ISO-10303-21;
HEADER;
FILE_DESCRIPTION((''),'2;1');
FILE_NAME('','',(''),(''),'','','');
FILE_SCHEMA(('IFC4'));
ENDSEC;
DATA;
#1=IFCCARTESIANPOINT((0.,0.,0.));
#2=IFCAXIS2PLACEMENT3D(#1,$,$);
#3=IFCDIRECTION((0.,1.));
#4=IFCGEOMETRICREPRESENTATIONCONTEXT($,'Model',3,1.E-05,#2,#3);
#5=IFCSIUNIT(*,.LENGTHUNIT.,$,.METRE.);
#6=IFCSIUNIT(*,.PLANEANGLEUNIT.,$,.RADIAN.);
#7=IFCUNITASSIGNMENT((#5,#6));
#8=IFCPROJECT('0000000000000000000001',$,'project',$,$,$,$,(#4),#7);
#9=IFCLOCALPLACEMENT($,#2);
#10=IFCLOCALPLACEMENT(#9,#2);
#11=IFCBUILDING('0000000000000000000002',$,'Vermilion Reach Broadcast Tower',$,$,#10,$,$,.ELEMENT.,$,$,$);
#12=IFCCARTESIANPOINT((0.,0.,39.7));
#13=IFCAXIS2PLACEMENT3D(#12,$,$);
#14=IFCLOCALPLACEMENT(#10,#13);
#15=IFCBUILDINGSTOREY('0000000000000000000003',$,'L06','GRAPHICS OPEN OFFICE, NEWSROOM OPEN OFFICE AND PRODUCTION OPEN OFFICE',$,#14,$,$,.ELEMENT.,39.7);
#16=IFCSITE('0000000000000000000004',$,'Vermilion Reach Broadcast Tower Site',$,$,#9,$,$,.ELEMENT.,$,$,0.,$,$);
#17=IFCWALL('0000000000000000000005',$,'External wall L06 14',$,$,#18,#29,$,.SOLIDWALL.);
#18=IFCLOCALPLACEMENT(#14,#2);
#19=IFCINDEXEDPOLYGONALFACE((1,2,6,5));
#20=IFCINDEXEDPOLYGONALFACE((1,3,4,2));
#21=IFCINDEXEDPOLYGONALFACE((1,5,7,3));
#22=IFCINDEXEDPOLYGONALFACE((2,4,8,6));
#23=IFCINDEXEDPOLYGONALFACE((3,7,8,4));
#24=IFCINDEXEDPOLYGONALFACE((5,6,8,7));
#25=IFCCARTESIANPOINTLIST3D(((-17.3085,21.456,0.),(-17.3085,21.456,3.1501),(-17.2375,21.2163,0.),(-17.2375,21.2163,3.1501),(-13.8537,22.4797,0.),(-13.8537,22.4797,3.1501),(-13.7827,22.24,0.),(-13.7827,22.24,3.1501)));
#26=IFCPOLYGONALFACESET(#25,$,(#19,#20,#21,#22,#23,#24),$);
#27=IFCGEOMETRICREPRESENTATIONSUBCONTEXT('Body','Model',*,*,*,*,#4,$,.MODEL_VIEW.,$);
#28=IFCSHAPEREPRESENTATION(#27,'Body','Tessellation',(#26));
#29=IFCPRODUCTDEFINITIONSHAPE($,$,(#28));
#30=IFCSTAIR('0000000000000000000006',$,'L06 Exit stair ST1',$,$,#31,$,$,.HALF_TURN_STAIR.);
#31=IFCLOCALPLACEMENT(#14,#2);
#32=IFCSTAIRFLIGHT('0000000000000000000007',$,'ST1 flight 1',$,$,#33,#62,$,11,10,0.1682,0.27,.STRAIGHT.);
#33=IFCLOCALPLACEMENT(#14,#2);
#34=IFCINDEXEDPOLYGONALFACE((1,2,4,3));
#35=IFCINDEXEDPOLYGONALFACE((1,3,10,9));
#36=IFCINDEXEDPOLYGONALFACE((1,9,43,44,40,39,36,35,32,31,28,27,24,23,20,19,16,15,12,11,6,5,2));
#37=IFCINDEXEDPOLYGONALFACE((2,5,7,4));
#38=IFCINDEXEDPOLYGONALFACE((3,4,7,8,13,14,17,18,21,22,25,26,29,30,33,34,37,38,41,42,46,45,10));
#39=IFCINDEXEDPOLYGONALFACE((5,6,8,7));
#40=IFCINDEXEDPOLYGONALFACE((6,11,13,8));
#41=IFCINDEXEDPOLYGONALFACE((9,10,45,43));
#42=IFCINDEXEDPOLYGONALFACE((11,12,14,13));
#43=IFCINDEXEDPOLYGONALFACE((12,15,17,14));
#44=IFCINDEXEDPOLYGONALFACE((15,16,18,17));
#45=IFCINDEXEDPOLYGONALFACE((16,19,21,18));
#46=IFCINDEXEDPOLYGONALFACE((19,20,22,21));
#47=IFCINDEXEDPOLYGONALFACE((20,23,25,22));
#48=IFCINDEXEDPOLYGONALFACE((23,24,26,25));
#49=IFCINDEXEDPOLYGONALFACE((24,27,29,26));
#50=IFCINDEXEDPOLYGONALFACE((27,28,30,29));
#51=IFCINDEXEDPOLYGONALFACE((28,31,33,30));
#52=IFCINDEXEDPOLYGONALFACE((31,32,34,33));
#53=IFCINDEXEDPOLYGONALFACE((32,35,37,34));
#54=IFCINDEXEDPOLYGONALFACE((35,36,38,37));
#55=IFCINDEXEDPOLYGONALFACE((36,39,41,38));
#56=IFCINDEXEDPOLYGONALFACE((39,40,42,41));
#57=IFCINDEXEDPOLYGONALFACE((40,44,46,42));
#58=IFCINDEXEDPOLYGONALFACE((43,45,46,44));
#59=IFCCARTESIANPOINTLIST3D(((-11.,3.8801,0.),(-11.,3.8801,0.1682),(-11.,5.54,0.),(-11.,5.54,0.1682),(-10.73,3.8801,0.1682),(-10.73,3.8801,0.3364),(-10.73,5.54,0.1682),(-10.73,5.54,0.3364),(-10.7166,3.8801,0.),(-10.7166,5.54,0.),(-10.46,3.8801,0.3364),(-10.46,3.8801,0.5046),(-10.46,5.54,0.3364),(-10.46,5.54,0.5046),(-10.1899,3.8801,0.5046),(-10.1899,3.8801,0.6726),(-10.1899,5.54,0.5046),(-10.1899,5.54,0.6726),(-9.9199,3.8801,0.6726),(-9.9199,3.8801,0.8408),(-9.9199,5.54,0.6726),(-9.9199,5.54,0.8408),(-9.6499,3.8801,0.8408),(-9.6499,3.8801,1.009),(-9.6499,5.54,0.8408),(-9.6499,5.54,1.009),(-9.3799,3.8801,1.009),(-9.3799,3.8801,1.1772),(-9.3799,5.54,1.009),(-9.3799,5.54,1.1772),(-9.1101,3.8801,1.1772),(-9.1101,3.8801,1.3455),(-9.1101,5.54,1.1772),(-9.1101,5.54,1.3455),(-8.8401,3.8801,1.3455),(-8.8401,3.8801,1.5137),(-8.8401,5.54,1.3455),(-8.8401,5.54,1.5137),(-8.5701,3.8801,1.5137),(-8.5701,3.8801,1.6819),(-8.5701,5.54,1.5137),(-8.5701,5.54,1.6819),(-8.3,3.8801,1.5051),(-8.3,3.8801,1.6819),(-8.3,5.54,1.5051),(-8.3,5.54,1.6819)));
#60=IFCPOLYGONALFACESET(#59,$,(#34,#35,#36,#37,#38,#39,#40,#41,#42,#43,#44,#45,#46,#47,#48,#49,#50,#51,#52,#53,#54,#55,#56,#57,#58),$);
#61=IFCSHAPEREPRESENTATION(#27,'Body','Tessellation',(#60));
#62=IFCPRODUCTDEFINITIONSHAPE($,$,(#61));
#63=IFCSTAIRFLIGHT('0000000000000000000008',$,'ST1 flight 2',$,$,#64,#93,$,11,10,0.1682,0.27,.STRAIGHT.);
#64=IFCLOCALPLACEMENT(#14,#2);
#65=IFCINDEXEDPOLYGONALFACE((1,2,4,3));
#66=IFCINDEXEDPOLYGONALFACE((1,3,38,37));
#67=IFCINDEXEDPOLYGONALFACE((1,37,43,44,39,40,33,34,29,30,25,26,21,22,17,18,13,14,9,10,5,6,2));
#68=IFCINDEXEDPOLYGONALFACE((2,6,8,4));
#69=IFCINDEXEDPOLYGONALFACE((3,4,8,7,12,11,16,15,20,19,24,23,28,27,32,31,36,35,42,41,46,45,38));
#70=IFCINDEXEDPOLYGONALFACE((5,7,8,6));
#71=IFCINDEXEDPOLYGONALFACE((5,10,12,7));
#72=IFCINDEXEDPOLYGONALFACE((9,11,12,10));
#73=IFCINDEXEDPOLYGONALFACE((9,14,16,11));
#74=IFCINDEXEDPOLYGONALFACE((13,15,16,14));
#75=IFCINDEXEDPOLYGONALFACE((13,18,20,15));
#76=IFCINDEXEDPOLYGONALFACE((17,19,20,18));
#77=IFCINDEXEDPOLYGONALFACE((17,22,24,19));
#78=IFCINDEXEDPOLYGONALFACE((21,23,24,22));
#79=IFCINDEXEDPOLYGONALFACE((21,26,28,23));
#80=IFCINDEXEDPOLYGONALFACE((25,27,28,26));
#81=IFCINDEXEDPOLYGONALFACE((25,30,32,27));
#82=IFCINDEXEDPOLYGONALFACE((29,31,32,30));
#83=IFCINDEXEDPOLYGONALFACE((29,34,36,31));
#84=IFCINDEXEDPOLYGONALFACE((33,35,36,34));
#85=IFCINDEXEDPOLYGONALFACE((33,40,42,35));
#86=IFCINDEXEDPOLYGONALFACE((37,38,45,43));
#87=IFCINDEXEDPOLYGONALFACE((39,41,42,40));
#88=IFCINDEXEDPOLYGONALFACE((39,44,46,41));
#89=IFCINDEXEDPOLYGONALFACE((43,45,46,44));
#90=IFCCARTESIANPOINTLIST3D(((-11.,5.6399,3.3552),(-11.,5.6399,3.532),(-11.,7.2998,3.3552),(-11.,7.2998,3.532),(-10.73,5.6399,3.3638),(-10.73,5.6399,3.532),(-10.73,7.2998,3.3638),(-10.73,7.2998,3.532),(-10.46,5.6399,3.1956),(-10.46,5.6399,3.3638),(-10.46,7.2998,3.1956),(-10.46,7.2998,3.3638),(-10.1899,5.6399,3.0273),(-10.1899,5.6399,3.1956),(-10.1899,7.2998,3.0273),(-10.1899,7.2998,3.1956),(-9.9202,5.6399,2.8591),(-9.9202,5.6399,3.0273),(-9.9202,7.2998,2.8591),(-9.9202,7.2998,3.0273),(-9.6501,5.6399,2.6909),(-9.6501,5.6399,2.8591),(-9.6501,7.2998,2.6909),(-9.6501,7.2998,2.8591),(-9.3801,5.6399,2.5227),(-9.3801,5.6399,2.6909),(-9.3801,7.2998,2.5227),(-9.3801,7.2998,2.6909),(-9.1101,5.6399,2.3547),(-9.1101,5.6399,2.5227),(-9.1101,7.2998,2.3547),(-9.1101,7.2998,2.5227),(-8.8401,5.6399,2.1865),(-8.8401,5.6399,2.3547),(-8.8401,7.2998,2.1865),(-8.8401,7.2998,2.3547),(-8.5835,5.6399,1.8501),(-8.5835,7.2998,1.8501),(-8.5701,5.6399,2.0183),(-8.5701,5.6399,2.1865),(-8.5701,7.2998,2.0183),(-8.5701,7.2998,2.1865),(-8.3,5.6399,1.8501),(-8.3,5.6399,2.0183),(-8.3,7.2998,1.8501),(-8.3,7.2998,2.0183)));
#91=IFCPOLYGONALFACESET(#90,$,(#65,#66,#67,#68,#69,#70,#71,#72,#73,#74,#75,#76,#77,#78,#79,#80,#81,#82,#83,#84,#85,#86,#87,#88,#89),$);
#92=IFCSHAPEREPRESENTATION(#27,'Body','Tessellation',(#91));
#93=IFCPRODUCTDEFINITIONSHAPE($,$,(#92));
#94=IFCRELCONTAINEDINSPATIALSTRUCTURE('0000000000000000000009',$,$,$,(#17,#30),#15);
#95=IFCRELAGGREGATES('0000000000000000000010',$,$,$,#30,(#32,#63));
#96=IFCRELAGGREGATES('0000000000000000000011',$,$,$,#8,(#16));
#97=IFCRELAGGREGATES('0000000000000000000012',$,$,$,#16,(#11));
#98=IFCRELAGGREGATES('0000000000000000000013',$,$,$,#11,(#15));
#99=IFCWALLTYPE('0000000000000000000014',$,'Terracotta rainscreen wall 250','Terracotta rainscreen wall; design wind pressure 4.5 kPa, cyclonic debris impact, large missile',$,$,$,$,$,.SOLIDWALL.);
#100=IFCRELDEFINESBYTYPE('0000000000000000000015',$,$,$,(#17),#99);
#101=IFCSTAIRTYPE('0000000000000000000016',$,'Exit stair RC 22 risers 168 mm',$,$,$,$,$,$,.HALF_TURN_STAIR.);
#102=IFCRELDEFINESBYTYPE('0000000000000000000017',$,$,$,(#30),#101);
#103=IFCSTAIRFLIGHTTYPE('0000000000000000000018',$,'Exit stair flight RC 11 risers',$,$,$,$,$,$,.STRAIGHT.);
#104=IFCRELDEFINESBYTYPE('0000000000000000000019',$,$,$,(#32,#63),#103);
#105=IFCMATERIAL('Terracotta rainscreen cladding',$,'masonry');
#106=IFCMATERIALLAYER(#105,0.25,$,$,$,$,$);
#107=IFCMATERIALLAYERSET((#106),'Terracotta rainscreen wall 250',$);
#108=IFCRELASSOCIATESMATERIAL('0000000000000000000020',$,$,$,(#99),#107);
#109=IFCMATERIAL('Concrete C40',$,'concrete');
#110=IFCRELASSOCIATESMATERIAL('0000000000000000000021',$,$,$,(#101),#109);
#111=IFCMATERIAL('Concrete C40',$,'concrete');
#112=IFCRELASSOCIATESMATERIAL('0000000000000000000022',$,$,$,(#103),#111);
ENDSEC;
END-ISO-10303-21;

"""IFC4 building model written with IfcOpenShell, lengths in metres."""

from ifc_helpers import new_model, si_unit, direction, frame, frame_2d, origin, place, context, subcontext, project, spatial, polyline, rectangle, outline, extrude, material, layer, layer_set, type_object, element, aggregate, save


model = new_model("IFC4")

# Units and contexts
model_context = context("Model", 3, precision=1e-05, world=origin(), true_north=direction((0.0, 1.0)))
body_context = subcontext(model_context, "Body", "Model", "MODEL_VIEW")
ifc_project = project(units=[si_unit("LENGTHUNIT", "METRE"), si_unit("PLANEANGLEUNIT", "RADIAN")], contexts=[model_context])

# Site, building, storey
site_placement = place(None, origin())
site = spatial("IfcSite", under=ifc_project, at=site_placement, Name="Vermilion Reach Broadcast Tower Site", CompositionType="ELEMENT", RefElevation=0.0)
building_placement = place(site_placement, origin())
building = spatial("IfcBuilding", under=site, at=building_placement, Name="Vermilion Reach Broadcast Tower", CompositionType="ELEMENT")
storey_placement = place(building_placement, frame((0.0, 0.0, 39.7)))
storey = spatial("IfcBuildingStorey", under=building, at=storey_placement, Name="L06", Description="GRAPHICS OPEN OFFICE, NEWSROOM OPEN OFFICE AND PRODUCTION OPEN OFFICE", CompositionType="ELEMENT", Elevation=39.7)

# Shared definitions
placement = place(storey_placement, origin())

# Wall
ifc_material_1 = material(Name="Terracotta rainscreen cladding", Category="masonry")
ifc_layer_1 = layer(ifc_material_1, 0.25)
ifc_layer_set_1 = layer_set([ifc_layer_1], Name="Terracotta rainscreen wall 250")
wall_type_1 = type_object("IfcWallType", Name="Terracotta rainscreen wall 250", Description="Terracotta rainscreen wall; design wind pressure 4.5 kPa, cyclonic debris impact, large missile", PredefinedType="SOLIDWALL", material=ifc_layer_set_1)
wall_1_placement = place(storey_placement, frame((-13.8181, 22.3599, 0.0), z_axis=(0.0, 0.0, 1.0), x_axis=(-0.958796, -0.284095, 0.0)))
element("IfcWall", 1, at=wall_1_placement, inside=storey, type_object=wall_type_1, Name="External wall L06 14", PredefinedType="SOLIDWALL", context=body_context, shape_type="SweptSolid", body=[
    extrude(rectangle(XDim=3.6033, YDim=0.25, at=frame_2d((1.8018, 0.0))), origin(), (0.0, 0.0, 1.0), 3.1501),
])

# Stair, stair flights
ifc_material_2 = material(Name="Concrete C40", Category="concrete")
stair_type = type_object("IfcStairType", Name="Exit stair RC 22 risers 168 mm", PredefinedType="HALF_TURN_STAIR", material=ifc_material_2)
stair = element("IfcStair", 2, at=placement, inside=storey, type_object=stair_type, Name="L06 Exit stair ST1", PredefinedType="HALF_TURN_STAIR")
ifc_material_3 = material(Name="Concrete C40", Category="concrete")
stair_flight_type = type_object("IfcStairFlightType", Name="Exit stair flight RC 11 risers", PredefinedType="STRAIGHT", material=ifc_material_3)
stair_flight_1_placement = place(storey_placement, frame((-11.0, 4.71, 0.0), z_axis=(0.0, 0.0, 1.0), x_axis=(1.0, 0.0, 0.0)))
stair_flight_1 = element("IfcStairFlight", 3, at=stair_flight_1_placement, type_object=stair_flight_type, Name="ST1 flight 1", NumberOfRisers=11, NumberOfTreads=10, PredefinedType="STRAIGHT", RiserHeight=0.1682, TreadLength=0.27, context=body_context, shape_type="SweptSolid", body=[
    extrude(outline(polyline([(0.0, 0.0), (0.0, 0.1682), (0.27, 0.1682), (0.27, 0.3364), (0.54, 0.3364), (0.54, 0.5046), (0.8101, 0.5046), (0.8101, 0.6726), (1.0801, 0.6726), (1.0801, 0.8408), (1.3501, 0.8408), (1.3501, 1.009), (1.6201, 1.009), (1.6201, 1.1772), (1.8899, 1.1772), (1.8899, 1.3455), (2.1599, 1.3455), (2.1599, 1.5137), (2.4299, 1.5137), (2.4299, 1.6819), (2.7, 1.6819), (2.7, 1.8501), (2.7, 1.5051), (0.2834, 0.0), (0.0, 0.0)])), frame((0.0, 0.8301, 0.0), z_axis=(0.0, -1.0, 0.0), x_axis=(1.0, 0.0, 0.0)), (0.0, 0.0, 1.0), 1.6599),
])
stair_flight_2_placement = place(storey_placement, frame((-8.3, 6.47, 1.8501), z_axis=(0.0, 0.0, 1.0), x_axis=(-1.0, 0.0, 0.0)))
stair_flight_2 = element("IfcStairFlight", 4, at=stair_flight_2_placement, type_object=stair_flight_type, Name="ST1 flight 2", NumberOfRisers=11, NumberOfTreads=10, PredefinedType="STRAIGHT", RiserHeight=0.1682, TreadLength=0.27, context=body_context, shape_type="SweptSolid", body=[
    extrude(outline(polyline([(0.0, 0.0), (0.0, 0.1682), (0.27, 0.1682), (0.27, 0.3364), (0.54, 0.3364), (0.54, 0.5046), (0.8101, 0.5046), (0.8101, 0.6726), (1.0801, 0.6726), (1.0801, 0.8408), (1.3501, 0.8408), (1.3501, 1.009), (1.6201, 1.009), (1.6201, 1.1772), (1.8899, 1.1772), (1.8899, 1.3455), (2.1599, 1.3455), (2.1599, 1.5137), (2.4299, 1.5137), (2.4299, 1.6819), (2.7, 1.6819), (2.7, 1.8501), (2.7, 1.5051), (0.2834, 0.0), (0.0, 0.0)])), frame((0.0, 0.8301, 0.0), z_axis=(0.0, -1.0, 0.0), x_axis=(1.0, 0.0, 0.0)), (0.0, 0.0, 1.0), 1.6599),
])
aggregate(stair, [stair_flight_1, stair_flight_2])

save(model, "model.ifc")
